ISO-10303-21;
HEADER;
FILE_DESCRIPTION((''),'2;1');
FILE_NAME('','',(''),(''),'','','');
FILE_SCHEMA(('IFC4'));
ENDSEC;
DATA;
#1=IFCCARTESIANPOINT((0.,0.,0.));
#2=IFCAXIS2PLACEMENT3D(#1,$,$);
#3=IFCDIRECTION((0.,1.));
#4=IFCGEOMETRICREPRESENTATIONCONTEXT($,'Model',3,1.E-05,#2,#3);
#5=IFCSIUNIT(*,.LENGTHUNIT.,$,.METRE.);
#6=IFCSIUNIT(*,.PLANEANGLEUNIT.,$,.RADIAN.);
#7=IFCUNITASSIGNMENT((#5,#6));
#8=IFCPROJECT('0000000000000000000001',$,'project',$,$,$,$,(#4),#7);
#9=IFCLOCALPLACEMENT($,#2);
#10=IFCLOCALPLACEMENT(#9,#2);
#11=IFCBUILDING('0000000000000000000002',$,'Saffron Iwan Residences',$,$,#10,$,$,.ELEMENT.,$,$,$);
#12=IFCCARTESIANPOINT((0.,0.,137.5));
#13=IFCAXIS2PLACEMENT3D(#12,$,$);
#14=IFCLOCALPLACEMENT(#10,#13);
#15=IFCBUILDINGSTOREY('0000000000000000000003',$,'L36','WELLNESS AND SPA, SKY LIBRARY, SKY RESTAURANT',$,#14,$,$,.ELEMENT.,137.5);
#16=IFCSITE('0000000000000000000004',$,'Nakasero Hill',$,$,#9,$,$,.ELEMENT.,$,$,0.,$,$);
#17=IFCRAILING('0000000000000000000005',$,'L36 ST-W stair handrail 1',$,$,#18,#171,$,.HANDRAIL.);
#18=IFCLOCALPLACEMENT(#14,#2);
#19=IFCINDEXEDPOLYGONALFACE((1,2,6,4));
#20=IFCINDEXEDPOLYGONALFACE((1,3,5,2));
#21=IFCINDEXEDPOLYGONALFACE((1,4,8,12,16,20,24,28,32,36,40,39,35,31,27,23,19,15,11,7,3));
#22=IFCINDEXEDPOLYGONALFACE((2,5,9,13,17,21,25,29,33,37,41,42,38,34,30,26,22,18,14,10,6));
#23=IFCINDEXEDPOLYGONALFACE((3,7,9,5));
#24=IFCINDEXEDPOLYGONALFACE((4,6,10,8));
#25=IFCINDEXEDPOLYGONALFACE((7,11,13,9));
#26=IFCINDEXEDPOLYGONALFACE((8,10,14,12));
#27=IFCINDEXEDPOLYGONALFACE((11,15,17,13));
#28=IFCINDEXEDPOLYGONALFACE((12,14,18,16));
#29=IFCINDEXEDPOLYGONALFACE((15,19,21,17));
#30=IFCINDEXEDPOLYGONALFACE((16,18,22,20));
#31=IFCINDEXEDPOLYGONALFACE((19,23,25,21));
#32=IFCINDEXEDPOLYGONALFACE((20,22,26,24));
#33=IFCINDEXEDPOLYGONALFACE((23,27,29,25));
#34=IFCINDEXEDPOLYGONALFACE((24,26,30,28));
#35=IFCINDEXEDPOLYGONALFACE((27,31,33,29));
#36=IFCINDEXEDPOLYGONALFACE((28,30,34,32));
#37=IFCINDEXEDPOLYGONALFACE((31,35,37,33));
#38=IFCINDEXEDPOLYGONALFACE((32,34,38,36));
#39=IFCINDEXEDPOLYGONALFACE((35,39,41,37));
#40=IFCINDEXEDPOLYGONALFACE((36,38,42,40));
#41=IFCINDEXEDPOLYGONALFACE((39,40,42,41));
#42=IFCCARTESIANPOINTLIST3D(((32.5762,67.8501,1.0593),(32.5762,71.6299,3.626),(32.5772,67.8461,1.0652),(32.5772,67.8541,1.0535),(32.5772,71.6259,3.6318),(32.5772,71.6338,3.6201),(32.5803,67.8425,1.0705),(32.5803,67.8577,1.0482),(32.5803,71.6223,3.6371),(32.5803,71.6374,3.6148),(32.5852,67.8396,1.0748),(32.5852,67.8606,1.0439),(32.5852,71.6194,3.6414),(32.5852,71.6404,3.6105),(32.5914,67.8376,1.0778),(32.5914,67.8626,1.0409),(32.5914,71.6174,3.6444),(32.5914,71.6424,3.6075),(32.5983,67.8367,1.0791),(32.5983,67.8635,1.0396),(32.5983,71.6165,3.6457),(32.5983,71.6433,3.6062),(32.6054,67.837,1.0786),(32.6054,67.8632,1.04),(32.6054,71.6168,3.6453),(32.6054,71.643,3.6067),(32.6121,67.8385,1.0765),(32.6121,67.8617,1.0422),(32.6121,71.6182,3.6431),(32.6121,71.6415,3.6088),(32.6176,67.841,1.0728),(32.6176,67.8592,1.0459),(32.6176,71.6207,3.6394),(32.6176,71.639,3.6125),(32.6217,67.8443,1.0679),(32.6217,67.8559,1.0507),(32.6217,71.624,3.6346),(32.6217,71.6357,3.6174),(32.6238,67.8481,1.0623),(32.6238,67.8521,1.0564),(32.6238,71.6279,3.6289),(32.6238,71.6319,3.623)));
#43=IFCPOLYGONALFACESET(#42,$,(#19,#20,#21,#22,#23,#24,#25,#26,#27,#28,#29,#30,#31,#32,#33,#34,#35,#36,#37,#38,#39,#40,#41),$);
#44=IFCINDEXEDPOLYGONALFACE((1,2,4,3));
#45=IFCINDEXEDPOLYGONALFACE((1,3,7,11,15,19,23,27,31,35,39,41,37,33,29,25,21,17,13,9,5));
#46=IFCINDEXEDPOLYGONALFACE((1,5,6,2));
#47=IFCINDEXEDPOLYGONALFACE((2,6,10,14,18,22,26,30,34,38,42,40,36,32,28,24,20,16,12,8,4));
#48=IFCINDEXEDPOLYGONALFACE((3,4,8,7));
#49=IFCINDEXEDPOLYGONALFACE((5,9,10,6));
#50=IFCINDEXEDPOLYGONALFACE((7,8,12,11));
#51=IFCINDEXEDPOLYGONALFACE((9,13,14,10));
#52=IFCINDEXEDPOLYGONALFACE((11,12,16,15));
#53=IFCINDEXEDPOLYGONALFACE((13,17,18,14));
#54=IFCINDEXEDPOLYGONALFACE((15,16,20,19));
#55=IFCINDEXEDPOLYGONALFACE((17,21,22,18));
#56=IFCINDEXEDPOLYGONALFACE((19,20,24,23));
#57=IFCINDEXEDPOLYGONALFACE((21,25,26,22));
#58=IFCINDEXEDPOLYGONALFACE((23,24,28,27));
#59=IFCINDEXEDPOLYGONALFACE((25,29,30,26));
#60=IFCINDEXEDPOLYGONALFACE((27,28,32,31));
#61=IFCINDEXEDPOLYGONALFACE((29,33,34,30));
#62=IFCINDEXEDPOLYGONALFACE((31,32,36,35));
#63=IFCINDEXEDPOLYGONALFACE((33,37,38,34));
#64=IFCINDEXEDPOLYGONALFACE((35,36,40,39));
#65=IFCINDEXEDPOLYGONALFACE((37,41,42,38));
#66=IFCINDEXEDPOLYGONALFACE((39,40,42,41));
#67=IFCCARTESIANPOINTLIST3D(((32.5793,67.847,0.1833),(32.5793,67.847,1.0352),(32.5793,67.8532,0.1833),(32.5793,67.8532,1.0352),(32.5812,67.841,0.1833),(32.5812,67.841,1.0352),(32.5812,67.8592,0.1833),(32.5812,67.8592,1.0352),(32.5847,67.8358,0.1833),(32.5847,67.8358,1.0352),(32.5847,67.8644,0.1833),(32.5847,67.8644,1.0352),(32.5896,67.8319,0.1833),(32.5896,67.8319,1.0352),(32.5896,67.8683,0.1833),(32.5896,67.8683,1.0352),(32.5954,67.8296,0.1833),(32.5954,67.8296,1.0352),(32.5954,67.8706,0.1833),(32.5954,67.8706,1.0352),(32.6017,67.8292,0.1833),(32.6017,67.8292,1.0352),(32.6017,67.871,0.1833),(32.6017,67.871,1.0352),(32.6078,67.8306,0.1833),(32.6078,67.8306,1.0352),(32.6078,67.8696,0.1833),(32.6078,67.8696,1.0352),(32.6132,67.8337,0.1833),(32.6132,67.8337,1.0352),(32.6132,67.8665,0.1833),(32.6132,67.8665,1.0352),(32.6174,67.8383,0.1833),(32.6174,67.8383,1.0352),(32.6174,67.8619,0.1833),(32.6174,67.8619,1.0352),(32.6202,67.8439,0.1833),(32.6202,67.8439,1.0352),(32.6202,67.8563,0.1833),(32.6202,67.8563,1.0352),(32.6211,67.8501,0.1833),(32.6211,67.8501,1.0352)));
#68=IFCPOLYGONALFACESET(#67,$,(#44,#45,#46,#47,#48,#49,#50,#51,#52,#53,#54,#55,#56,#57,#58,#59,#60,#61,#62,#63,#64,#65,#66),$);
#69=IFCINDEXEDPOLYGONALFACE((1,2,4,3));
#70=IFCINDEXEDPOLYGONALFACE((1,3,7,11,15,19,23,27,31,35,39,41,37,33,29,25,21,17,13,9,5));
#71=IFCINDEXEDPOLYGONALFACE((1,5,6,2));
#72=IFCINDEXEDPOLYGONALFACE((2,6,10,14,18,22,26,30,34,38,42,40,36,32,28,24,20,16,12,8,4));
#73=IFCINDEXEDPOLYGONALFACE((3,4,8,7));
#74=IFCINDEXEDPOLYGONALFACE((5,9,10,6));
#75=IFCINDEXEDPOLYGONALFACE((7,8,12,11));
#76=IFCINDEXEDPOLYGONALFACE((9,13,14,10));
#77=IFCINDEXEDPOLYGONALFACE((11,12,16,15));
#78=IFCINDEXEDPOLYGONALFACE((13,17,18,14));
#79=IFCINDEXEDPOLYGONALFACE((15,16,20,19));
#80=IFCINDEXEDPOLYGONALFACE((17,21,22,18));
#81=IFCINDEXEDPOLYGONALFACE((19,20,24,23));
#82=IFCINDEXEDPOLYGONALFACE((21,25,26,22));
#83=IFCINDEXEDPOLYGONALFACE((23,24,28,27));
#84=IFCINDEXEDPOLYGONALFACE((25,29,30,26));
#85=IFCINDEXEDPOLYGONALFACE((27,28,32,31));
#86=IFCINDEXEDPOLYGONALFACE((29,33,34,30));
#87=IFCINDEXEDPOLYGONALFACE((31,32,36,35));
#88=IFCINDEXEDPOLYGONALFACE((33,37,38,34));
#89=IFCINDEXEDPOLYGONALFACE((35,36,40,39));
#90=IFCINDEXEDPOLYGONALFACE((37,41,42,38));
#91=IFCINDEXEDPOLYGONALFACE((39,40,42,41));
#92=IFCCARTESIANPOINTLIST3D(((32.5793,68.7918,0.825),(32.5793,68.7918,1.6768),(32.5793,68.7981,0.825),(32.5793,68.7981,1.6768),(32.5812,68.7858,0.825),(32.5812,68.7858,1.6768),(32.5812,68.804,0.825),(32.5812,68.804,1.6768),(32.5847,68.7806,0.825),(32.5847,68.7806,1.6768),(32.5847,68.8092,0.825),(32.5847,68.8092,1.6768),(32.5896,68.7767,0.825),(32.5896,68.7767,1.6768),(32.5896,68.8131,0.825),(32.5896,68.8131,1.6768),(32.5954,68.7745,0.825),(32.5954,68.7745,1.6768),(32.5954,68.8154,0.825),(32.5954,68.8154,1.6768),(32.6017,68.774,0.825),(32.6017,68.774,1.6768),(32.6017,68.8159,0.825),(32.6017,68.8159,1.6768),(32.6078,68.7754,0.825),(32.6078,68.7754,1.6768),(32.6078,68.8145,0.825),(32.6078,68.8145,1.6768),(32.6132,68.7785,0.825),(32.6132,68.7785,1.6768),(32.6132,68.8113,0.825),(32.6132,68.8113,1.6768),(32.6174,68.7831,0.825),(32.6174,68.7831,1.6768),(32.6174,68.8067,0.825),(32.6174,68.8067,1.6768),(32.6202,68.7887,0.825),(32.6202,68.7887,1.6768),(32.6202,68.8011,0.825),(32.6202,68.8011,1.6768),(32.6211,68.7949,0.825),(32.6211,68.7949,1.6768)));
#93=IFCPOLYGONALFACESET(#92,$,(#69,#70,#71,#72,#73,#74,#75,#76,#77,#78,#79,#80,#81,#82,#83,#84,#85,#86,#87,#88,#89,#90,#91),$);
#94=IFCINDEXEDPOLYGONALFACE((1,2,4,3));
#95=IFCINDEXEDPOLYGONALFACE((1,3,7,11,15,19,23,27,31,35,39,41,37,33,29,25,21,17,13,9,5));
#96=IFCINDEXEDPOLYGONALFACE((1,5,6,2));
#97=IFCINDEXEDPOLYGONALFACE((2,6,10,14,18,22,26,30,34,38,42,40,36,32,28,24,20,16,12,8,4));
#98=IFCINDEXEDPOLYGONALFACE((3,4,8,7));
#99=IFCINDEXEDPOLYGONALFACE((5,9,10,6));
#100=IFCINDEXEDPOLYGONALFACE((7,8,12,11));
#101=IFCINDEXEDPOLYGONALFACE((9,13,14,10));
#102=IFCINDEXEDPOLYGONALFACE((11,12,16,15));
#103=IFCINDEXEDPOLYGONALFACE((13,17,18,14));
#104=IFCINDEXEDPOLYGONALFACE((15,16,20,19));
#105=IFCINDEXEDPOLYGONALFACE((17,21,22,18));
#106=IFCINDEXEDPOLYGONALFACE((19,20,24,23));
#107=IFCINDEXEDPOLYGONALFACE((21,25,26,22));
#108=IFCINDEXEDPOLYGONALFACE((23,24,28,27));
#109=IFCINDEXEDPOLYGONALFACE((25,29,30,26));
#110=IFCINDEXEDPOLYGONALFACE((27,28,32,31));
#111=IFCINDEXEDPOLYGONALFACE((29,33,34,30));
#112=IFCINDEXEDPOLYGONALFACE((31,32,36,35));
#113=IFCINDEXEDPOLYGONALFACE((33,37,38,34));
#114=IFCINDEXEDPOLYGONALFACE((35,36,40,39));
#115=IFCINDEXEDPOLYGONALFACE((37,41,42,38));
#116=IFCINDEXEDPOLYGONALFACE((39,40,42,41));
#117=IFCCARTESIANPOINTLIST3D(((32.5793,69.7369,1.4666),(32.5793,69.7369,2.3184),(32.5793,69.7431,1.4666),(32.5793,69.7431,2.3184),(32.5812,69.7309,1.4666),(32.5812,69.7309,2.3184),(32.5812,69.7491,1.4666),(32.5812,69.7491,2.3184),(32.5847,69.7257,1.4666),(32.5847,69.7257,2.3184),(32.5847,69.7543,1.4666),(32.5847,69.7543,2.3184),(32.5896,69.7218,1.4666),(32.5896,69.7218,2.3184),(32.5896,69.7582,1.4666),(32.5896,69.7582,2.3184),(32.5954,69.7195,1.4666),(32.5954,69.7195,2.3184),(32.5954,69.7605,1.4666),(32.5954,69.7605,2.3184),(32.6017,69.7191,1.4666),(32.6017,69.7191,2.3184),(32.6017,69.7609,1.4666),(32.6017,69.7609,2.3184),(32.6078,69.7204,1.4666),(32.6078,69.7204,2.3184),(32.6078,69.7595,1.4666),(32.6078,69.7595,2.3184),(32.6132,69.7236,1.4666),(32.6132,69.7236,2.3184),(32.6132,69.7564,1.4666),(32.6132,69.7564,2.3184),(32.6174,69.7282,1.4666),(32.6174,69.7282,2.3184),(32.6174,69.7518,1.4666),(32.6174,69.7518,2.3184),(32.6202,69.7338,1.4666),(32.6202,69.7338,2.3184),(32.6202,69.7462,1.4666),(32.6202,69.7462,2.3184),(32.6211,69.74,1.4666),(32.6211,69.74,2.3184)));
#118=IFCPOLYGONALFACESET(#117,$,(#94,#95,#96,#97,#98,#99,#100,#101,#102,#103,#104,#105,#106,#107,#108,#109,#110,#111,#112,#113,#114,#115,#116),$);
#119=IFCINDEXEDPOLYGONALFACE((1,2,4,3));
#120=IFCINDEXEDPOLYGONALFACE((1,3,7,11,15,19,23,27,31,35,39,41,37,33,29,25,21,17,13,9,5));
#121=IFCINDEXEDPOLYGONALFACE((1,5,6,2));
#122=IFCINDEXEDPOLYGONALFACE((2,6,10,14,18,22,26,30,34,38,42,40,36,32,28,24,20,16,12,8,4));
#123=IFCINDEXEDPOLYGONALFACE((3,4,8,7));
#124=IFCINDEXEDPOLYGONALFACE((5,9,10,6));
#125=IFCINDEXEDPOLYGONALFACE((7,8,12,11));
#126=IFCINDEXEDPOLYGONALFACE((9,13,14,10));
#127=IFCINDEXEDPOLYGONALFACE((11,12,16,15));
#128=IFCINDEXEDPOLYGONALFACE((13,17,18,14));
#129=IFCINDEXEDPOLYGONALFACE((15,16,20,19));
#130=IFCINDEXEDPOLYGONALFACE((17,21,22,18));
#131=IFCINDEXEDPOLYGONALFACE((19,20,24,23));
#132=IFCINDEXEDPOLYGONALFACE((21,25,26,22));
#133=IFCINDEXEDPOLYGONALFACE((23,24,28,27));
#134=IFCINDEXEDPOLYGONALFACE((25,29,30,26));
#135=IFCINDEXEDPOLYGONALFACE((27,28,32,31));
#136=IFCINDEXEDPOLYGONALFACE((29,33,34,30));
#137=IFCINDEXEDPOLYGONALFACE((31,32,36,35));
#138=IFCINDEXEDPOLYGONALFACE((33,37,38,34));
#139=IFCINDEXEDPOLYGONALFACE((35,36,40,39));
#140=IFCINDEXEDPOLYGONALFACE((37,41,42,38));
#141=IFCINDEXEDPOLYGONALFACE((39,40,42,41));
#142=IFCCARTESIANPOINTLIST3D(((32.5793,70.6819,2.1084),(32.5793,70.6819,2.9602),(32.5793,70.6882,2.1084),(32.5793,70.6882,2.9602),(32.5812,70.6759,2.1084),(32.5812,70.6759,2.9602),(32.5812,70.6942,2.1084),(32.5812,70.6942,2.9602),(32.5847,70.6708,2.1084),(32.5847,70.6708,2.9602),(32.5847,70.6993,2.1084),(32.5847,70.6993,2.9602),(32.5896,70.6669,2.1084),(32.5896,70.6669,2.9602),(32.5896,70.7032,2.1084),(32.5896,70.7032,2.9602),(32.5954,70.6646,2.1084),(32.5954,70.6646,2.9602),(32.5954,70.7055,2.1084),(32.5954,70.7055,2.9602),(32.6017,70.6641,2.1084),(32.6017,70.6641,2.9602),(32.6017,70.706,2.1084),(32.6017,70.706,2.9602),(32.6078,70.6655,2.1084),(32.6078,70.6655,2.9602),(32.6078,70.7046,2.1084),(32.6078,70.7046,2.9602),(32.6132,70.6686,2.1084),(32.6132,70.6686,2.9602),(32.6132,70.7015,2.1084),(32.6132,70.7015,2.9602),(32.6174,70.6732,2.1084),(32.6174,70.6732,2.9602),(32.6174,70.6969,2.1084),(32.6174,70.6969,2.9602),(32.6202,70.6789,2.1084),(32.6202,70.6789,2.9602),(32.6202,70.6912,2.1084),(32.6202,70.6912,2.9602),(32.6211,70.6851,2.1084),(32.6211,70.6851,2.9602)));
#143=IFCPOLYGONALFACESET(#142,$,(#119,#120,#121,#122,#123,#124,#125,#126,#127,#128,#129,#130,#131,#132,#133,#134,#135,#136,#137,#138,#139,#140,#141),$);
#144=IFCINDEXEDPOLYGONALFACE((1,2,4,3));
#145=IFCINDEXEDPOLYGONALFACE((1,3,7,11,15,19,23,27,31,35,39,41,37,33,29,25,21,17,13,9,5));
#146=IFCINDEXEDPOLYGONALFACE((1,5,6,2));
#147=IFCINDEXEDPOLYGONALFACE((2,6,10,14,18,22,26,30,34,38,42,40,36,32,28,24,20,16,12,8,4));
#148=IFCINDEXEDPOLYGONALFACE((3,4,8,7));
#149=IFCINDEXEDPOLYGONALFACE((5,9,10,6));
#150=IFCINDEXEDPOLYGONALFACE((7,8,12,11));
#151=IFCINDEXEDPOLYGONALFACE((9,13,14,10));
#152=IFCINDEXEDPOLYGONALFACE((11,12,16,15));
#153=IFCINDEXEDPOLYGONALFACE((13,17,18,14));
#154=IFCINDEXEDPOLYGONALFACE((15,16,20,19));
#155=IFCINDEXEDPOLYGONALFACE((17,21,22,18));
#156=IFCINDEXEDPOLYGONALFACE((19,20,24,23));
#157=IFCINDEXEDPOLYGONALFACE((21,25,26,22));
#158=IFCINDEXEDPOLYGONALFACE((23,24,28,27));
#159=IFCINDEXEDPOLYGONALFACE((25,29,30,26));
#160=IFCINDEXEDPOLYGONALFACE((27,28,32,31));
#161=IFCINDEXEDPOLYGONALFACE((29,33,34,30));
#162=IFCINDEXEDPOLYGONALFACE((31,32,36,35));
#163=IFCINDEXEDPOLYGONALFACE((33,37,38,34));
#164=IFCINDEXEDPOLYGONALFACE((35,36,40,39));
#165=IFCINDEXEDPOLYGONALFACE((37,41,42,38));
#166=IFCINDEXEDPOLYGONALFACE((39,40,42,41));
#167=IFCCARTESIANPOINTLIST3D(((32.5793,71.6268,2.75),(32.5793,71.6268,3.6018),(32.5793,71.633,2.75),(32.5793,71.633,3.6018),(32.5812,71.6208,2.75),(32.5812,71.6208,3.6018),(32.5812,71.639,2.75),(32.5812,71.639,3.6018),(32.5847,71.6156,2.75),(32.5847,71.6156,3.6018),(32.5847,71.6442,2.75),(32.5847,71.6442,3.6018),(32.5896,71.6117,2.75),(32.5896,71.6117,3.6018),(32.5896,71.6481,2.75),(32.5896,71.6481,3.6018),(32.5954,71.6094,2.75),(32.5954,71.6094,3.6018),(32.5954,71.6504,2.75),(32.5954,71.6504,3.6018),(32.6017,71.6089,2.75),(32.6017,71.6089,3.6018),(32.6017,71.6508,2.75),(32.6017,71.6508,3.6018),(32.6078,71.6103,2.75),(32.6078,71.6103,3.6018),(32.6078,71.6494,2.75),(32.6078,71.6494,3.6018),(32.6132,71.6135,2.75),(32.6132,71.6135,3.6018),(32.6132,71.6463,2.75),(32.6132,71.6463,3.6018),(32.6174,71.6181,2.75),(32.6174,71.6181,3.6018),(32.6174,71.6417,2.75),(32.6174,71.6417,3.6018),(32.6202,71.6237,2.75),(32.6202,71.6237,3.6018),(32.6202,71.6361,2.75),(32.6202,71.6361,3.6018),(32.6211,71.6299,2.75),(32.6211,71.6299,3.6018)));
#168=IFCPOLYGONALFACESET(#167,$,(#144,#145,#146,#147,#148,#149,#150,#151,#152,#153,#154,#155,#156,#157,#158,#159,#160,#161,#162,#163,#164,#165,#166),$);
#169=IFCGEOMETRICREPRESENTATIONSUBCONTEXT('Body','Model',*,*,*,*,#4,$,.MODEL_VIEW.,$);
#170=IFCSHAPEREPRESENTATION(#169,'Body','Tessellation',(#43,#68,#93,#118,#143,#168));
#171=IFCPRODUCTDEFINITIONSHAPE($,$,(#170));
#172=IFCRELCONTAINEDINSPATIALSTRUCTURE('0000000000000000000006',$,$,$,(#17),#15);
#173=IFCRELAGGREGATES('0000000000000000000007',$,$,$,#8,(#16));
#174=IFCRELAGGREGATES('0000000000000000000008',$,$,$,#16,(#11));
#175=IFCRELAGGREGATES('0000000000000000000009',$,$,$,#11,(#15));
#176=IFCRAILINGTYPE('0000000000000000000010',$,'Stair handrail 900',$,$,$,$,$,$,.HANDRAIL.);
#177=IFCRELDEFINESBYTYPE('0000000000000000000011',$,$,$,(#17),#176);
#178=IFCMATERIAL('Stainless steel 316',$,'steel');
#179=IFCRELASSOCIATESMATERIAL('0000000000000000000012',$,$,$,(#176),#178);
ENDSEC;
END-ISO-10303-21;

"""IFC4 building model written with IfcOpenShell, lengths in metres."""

from ifc_helpers import new_model, si_unit, direction, frame, origin, origin_2d, place, context, subcontext, project, spatial, circle, extrude, material, type_object, element, save


model = new_model("IFC4")

# Units and contexts
model_context = context("Model", 3, precision=1e-05, world=origin(), true_north=direction((0.0, 1.0)))
body_context = subcontext(model_context, "Body", "Model", "MODEL_VIEW")
ifc_project = project(units=[si_unit("LENGTHUNIT", "METRE"), si_unit("PLANEANGLEUNIT", "RADIAN")], contexts=[model_context])

# Site, building, storey
site_placement = place(None, origin())
site = spatial("IfcSite", under=ifc_project, at=site_placement, Name="Nakasero Hill", CompositionType="ELEMENT", RefElevation=0.0)
building_placement = place(site_placement, origin())
building = spatial("IfcBuilding", under=site, at=building_placement, Name="Saffron Iwan Residences", CompositionType="ELEMENT")
storey_placement = place(building_placement, frame((0.0, 0.0, 137.5)))
storey = spatial("IfcBuildingStorey", under=building, at=storey_placement, Name="L36", Description="WELLNESS AND SPA, SKY LIBRARY, SKY RESTAURANT", CompositionType="ELEMENT", Elevation=137.5)

# Railing
ifc_material_1 = material(Name="Stainless steel 316", Category="steel")
railing_type_1 = type_object("IfcRailingType", Name="Stair handrail 900", PredefinedType="HANDRAIL", material=ifc_material_1)
railing_1_placement = place(storey_placement, frame((32.6001, 67.8501, 0.1833)))
element("IfcRailing", 1, at=railing_1_placement, inside=storey, type_object=railing_type_1, Name="L36 ST-W stair handrail 1", PredefinedType="HANDRAIL", context=body_context, shape_type="SweptSolid", body=[
    extrude(circle(Radius=0.0239, at=origin_2d()), frame((0.0, 0.0, 0.876), z_axis=(0.0, 0.827293, 0.561771), x_axis=(-1.0, 0.0, 0.0)), (0.0, 0.0, 1.0), 4.5688),
    extrude(circle(Radius=0.021, at=origin_2d()), origin(), (0.0, 0.0, 1.0), 0.8518),
    extrude(circle(Radius=0.021, at=origin_2d()), frame((0.0, 0.9448, 0.6416)), (0.0, 0.0, 1.0), 0.8518),
    extrude(circle(Radius=0.021, at=origin_2d()), frame((0.0, 1.8899, 1.2832)), (0.0, 0.0, 1.0), 0.8518),
    extrude(circle(Radius=0.021, at=origin_2d()), frame((0.0, 2.835, 1.925)), (0.0, 0.0, 1.0), 0.8518),
    extrude(circle(Radius=0.021, at=origin_2d()), frame((0.0, 3.7798, 2.5667)), (0.0, 0.0, 1.0), 0.8518),
])

save(model, "model.ifc")
